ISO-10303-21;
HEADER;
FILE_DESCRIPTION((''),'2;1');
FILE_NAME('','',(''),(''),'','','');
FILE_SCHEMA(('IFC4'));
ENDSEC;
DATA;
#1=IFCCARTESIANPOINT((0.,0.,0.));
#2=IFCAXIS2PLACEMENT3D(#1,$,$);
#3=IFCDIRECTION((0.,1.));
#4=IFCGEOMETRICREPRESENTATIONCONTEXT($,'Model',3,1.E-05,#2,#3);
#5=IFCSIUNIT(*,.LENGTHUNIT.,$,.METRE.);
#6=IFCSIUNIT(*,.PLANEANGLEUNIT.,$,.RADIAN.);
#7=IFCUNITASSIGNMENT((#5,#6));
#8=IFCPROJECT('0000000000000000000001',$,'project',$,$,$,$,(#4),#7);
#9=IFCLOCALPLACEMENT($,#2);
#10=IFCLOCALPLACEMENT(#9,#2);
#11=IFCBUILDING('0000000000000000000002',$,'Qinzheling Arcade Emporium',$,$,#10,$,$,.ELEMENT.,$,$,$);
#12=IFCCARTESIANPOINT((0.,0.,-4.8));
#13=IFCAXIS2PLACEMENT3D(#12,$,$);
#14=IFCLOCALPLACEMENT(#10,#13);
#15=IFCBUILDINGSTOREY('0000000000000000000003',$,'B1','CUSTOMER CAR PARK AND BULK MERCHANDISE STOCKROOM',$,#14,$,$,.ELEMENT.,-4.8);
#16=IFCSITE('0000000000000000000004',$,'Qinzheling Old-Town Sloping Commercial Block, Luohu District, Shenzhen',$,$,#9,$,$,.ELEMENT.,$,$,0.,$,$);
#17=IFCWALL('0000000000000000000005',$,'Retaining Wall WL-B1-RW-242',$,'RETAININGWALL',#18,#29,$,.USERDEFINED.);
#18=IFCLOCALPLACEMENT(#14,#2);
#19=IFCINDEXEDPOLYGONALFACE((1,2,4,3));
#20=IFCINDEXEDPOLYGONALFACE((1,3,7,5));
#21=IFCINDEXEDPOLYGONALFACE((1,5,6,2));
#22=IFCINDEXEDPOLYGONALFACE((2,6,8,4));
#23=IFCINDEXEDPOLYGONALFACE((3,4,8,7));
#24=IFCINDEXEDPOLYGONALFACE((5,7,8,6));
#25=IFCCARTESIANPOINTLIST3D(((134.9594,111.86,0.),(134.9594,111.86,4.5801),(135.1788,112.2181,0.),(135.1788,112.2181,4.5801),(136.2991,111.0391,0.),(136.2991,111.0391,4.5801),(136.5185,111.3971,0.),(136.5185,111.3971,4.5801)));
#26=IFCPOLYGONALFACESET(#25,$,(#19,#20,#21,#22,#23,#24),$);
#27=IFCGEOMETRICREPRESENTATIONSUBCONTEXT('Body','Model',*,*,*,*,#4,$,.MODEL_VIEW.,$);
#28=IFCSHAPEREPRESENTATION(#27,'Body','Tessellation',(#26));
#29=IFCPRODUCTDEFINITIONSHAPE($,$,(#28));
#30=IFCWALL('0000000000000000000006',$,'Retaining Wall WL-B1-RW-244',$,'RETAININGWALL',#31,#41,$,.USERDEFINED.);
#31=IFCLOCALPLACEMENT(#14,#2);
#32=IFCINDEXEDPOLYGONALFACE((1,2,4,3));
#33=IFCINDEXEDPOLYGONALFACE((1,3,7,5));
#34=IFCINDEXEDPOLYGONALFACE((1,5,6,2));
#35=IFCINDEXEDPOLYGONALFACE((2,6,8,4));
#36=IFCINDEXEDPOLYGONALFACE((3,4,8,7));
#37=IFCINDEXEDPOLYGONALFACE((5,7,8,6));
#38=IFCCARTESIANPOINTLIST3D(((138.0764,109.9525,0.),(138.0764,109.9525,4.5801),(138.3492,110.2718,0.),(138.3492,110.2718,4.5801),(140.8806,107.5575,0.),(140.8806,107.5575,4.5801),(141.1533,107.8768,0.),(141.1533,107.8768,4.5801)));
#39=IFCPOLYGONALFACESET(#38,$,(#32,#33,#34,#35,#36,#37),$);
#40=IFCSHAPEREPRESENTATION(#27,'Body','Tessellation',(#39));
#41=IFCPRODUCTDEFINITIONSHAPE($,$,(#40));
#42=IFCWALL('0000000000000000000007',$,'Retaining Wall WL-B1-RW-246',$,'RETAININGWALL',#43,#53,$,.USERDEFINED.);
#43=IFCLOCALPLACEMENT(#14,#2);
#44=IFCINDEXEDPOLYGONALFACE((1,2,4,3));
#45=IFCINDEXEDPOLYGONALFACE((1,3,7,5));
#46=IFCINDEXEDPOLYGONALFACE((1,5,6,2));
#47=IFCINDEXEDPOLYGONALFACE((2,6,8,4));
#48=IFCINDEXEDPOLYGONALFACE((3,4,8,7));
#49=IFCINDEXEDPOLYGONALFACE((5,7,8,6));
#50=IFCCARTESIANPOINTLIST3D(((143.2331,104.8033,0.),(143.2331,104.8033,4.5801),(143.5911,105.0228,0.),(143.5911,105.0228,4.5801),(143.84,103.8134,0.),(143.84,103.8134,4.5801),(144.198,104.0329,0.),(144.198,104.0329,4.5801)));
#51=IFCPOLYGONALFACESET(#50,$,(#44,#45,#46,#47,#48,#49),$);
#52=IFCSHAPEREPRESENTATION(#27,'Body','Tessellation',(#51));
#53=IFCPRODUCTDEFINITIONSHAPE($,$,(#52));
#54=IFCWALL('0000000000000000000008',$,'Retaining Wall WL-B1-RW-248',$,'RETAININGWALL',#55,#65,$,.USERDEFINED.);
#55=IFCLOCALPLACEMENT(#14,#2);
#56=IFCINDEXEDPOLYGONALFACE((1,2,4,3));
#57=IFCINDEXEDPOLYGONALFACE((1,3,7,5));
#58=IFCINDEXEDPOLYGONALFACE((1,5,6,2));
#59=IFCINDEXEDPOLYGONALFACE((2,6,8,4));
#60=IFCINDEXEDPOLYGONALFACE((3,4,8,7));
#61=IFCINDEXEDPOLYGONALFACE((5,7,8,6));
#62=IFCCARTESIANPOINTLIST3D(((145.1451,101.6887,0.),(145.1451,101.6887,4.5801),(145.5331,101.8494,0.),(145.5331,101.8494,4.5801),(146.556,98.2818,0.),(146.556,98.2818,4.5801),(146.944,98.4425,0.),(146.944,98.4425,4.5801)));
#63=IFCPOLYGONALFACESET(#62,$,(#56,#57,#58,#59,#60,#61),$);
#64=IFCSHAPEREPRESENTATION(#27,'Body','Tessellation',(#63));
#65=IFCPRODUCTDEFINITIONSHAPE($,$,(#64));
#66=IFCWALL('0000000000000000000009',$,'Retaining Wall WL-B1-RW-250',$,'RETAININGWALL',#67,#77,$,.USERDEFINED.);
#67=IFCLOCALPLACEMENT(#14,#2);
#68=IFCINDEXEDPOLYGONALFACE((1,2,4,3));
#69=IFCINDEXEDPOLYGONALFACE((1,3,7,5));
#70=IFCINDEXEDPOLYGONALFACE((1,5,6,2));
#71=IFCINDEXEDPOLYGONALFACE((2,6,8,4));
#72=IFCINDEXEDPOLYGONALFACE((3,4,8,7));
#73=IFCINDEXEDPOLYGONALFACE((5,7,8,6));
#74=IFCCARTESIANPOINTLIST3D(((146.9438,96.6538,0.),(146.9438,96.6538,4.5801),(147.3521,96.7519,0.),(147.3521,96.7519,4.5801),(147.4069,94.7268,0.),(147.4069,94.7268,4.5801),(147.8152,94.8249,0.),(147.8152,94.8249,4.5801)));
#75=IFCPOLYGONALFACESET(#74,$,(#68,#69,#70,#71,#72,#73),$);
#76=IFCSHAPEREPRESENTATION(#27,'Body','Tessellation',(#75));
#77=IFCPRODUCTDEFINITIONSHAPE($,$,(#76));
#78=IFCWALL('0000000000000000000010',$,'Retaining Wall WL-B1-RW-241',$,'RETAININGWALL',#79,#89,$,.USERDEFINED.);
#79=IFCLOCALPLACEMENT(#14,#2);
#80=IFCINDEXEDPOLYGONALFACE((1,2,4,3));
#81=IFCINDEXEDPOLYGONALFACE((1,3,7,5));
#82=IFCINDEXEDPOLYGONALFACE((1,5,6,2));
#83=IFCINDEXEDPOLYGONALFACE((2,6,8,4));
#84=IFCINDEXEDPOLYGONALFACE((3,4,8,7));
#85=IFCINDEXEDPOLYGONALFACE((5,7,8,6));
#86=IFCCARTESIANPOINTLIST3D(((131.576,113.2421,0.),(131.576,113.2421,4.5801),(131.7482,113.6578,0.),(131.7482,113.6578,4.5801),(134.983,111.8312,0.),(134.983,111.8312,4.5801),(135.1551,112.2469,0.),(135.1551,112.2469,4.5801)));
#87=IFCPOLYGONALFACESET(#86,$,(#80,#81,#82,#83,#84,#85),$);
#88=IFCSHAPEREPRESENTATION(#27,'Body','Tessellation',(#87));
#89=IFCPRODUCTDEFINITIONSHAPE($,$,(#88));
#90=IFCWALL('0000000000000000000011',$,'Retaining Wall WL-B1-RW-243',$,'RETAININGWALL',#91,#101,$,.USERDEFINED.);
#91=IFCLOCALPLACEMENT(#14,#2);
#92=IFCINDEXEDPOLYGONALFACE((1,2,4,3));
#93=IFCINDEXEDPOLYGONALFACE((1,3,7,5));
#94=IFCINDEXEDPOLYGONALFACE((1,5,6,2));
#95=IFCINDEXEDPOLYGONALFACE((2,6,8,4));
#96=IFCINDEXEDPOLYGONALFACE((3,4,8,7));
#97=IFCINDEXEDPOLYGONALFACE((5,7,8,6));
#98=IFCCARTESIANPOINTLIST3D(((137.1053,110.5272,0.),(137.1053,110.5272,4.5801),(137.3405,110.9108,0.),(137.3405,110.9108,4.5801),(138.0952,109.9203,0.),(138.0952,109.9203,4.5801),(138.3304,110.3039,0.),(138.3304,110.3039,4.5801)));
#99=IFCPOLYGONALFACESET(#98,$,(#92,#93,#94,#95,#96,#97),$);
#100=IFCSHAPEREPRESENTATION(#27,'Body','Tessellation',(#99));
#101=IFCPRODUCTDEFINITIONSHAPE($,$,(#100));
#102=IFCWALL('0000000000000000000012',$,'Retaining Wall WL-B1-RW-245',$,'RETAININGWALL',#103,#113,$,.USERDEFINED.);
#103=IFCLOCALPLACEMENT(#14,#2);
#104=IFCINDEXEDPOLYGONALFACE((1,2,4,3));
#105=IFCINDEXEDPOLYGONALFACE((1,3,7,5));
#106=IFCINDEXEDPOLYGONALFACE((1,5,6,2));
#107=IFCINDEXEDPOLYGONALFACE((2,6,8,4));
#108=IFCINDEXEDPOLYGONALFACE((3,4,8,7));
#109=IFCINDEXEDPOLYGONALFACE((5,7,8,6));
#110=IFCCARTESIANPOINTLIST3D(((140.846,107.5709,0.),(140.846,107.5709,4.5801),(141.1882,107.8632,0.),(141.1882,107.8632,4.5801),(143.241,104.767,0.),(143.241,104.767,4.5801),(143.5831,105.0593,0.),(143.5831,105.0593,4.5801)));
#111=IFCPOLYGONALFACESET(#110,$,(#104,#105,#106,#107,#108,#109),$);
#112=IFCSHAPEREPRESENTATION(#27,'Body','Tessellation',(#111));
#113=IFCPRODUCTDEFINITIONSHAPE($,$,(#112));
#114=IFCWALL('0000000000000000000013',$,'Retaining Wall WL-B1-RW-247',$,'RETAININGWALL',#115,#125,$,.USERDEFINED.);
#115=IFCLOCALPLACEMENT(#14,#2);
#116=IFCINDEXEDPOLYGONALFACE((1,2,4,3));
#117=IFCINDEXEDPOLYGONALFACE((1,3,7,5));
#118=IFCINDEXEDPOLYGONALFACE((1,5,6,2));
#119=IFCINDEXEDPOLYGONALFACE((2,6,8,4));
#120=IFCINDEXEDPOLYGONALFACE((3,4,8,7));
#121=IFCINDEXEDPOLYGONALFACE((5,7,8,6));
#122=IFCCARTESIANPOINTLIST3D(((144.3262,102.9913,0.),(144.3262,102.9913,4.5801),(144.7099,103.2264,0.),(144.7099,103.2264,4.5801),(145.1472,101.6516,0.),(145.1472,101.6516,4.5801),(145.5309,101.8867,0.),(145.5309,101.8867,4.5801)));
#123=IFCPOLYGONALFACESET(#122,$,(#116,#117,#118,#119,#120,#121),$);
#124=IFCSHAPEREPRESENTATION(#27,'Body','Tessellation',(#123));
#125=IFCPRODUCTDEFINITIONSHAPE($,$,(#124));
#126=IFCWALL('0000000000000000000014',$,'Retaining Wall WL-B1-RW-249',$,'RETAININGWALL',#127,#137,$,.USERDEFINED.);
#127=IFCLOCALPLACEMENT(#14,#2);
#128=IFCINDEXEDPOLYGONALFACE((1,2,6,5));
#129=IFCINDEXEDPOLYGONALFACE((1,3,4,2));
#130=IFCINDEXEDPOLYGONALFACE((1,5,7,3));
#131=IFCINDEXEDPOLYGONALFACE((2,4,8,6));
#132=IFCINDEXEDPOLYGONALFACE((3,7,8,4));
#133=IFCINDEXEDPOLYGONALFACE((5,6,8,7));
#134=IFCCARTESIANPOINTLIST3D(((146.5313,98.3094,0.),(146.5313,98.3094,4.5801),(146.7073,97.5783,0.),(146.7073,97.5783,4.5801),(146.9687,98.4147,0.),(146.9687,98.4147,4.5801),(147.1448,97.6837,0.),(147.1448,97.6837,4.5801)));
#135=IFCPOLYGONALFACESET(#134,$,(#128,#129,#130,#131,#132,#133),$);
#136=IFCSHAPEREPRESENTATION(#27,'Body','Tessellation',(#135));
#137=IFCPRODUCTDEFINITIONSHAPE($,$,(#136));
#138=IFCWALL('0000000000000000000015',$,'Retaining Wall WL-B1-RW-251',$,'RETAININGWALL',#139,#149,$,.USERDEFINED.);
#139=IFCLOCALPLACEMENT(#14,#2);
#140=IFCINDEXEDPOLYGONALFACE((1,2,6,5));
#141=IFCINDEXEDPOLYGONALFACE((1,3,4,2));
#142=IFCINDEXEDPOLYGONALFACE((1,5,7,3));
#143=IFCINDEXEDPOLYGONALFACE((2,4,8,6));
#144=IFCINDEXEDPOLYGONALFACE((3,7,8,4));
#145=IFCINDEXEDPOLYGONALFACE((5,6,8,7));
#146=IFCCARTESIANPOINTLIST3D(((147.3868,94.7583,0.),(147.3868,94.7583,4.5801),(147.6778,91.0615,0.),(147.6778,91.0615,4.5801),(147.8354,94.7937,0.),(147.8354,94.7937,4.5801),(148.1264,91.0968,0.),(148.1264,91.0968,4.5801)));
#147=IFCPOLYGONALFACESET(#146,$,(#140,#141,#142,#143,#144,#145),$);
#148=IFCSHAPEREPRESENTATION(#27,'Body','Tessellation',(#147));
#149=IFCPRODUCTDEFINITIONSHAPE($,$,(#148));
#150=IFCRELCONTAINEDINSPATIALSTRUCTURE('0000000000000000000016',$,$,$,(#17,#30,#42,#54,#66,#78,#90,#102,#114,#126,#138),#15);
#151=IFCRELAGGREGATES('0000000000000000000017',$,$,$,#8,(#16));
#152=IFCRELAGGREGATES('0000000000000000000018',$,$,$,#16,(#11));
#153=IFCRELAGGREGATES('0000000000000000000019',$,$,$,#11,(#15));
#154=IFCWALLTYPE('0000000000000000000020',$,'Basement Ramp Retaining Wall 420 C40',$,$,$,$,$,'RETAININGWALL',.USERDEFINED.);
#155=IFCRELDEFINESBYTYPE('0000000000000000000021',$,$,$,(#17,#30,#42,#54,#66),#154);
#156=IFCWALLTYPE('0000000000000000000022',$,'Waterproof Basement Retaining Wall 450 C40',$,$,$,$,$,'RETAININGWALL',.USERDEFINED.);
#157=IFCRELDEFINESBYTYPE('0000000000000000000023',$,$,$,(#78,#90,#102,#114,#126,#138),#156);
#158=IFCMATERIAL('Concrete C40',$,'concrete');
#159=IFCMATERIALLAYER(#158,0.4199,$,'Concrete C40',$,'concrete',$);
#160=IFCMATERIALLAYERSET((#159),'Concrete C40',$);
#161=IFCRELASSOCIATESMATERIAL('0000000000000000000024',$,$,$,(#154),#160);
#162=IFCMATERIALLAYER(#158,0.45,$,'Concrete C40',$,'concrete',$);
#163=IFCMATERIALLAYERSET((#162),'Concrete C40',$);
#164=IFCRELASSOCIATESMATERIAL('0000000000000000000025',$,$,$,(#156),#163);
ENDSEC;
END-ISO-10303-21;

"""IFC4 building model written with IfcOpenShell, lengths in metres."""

from ifc_helpers import new_model, si_unit, direction, frame, frame_2d, origin, place, context, subcontext, project, spatial, rectangle, extrude, material, layer, layer_set, type_object, element, save


model = new_model("IFC4")

# Units and contexts
model_context = context("Model", 3, precision=1e-05, world=origin(), true_north=direction((0.0, 1.0)))
body_context = subcontext(model_context, "Body", "Model", "MODEL_VIEW")
ifc_project = project(units=[si_unit("LENGTHUNIT", "METRE"), si_unit("PLANEANGLEUNIT", "RADIAN")], contexts=[model_context])

# Site, building, storey
site_placement = place(None, origin())
site = spatial("IfcSite", under=ifc_project, at=site_placement, Name="Qinzheling Old-Town Sloping Commercial Block, Luohu District, Shenzhen", CompositionType="ELEMENT", RefElevation=0.0)
building_placement = place(site_placement, origin())
building = spatial("IfcBuilding", under=site, at=building_placement, Name="Qinzheling Arcade Emporium", CompositionType="ELEMENT")
storey_placement = place(building_placement, frame((0.0, 0.0, -4.8)))
storey = spatial("IfcBuildingStorey", under=building, at=storey_placement, Name="B1", Description="CUSTOMER CAR PARK AND BULK MERCHANDISE STOCKROOM", CompositionType="ELEMENT", Elevation=-4.8)

# Shared definitions
ifc_material_1 = material(Name="Concrete C40", Category="concrete")

# Walls
ifc_layer_1 = layer(ifc_material_1, 0.4199, Name="Concrete C40", Category="concrete")
ifc_layer_set_1 = layer_set([ifc_layer_1], Name="Concrete C40")
wall_type_1 = type_object("IfcWallType", Name="Basement Ramp Retaining Wall 420 C40", ElementType="RETAININGWALL", PredefinedType="USERDEFINED", material=ifc_layer_set_1)
wall_1_placement = place(storey_placement, frame((135.0691, 112.0391, 0.0), z_axis=(0.0, 0.0, 1.0), x_axis=(0.852644, -0.522493, 0.0)))
element("IfcWall", 1, at=wall_1_placement, inside=storey, type_object=wall_type_1, Name="Retaining Wall WL-B1-RW-242", ObjectType="RETAININGWALL", PredefinedType="USERDEFINED", context=body_context, shape_type="SweptSolid", body=[
    extrude(rectangle(XDim=1.5713, YDim=0.4199, at=frame_2d((0.7856, 0.0))), origin(), (0.0, 0.0, 1.0), 4.5801),
])
wall_2_placement = place(storey_placement, frame((138.2129, 110.1121, 0.0), z_axis=(0.0, 0.0, 1.0), x_axis=(0.760405, -0.649449, 0.0)))
element("IfcWall", 2, at=wall_2_placement, inside=storey, type_object=wall_type_1, Name="Retaining Wall WL-B1-RW-244", ObjectType="RETAININGWALL", PredefinedType="USERDEFINED", context=body_context, shape_type="SweptSolid", body=[
    extrude(rectangle(XDim=3.6877, YDim=0.4199, at=frame_2d((1.8438, 0.0))), origin(), (0.0, 0.0, 1.0), 4.5801),
])
wall_3_placement = place(storey_placement, frame((143.4121, 104.9131, 0.0), z_axis=(0.0, 0.0, 1.0), x_axis=(0.522666, -0.852538, 0.0)))
element("IfcWall", 3, at=wall_3_placement, inside=storey, type_object=wall_type_1, Name="Retaining Wall WL-B1-RW-246", ObjectType="RETAININGWALL", PredefinedType="USERDEFINED", context=body_context, shape_type="SweptSolid", body=[
    extrude(rectangle(XDim=1.1611, YDim=0.4199, at=frame_2d((0.5806, 0.0))), origin(), (0.0, 0.0, 1.0), 4.5801),
])
wall_4_placement = place(storey_placement, frame((145.3391, 101.769, 0.0), z_axis=(0.0, 0.0, 1.0), x_axis=(0.382607, -0.923911, 0.0)))
element("IfcWall", 4, at=wall_4_placement, inside=storey, type_object=wall_type_1, Name="Retaining Wall WL-B1-RW-248", ObjectType="RETAININGWALL", PredefinedType="USERDEFINED", context=body_context, shape_type="SweptSolid", body=[
    extrude(rectangle(XDim=3.6875, YDim=0.4199, at=frame_2d((1.8438, 0.0))), origin(), (0.0, 0.0, 1.0), 4.5801),
])
wall_5_placement = place(storey_placement, frame((147.1479, 96.7029, 0.0), z_axis=(0.0, 0.0, 1.0), x_axis=(0.233685, -0.972312, 0.0)))
element("IfcWall", 5, at=wall_5_placement, inside=storey, type_object=wall_type_1, Name="Retaining Wall WL-B1-RW-250", ObjectType="RETAININGWALL", PredefinedType="USERDEFINED", context=body_context, shape_type="SweptSolid", body=[
    extrude(rectangle(XDim=1.9819, YDim=0.4199, at=frame_2d((0.991, 0.0))), origin(), (0.0, 0.0, 1.0), 4.5801),
])
ifc_layer_2 = layer(ifc_material_1, 0.45, Name="Concrete C40", Category="concrete")
ifc_layer_set_2 = layer_set([ifc_layer_2], Name="Concrete C40")
wall_type_2 = type_object("IfcWallType", Name="Waterproof Basement Retaining Wall 450 C40", ElementType="RETAININGWALL", PredefinedType="USERDEFINED", material=ifc_layer_set_2)
wall_6_placement = place(storey_placement, frame((131.6621, 113.45, 0.0), z_axis=(0.0, 0.0, 1.0), x_axis=(0.923911, -0.382607, 0.0)))
element("IfcWall", 6, at=wall_6_placement, inside=storey, type_object=wall_type_2, Name="Retaining Wall WL-B1-RW-241", ObjectType="RETAININGWALL", PredefinedType="USERDEFINED", context=body_context, shape_type="SweptSolid", body=[
    extrude(rectangle(XDim=3.6875, YDim=0.45, at=frame_2d((1.8438, 0.0))), origin(), (0.0, 0.0, 1.0), 4.5801),
])
wall_7_placement = place(storey_placement, frame((137.2229, 110.719, 0.0), z_axis=(0.0, 0.0, 1.0), x_axis=(0.852538, -0.522666, 0.0)))
element("IfcWall", 7, at=wall_7_placement, inside=storey, type_object=wall_type_2, Name="Retaining Wall WL-B1-RW-243", ObjectType="RETAININGWALL", PredefinedType="USERDEFINED", context=body_context, shape_type="SweptSolid", body=[
    extrude(rectangle(XDim=1.1611, YDim=0.45, at=frame_2d((0.5806, 0.0))), origin(), (0.0, 0.0, 1.0), 4.5801),
])
wall_8_placement = place(storey_placement, frame((141.0171, 107.717, 0.0), z_axis=(0.0, 0.0, 1.0), x_axis=(0.649482, -0.760377, 0.0)))
element("IfcWall", 8, at=wall_8_placement, inside=storey, type_object=wall_type_2, Name="Retaining Wall WL-B1-RW-245", ObjectType="RETAININGWALL", PredefinedType="USERDEFINED", context=body_context, shape_type="SweptSolid", body=[
    extrude(rectangle(XDim=3.6875, YDim=0.45, at=frame_2d((1.8438, 0.0))), origin(), (0.0, 0.0, 1.0), 4.5801),
])
wall_9_placement = place(storey_placement, frame((144.5181, 103.1089, 0.0), z_axis=(0.0, 0.0, 1.0), x_axis=(0.522493, -0.852644, 0.0)))
element("IfcWall", 9, at=wall_9_placement, inside=storey, type_object=wall_type_2, Name="Retaining Wall WL-B1-RW-247", ObjectType="RETAININGWALL", PredefinedType="USERDEFINED", context=body_context, shape_type="SweptSolid", body=[
    extrude(rectangle(XDim=1.5713, YDim=0.45, at=frame_2d((0.7856, 0.0))), origin(), (0.0, 0.0, 1.0), 4.5801),
])
wall_10_placement = place(storey_placement, frame((146.75, 98.3621, 0.0), z_axis=(0.0, 0.0, 1.0), x_axis=(0.234122, -0.972207, 0.0)))
element("IfcWall", 10, at=wall_10_placement, inside=storey, type_object=wall_type_2, Name="Retaining Wall WL-B1-RW-249", ObjectType="RETAININGWALL", PredefinedType="USERDEFINED", context=body_context, shape_type="SweptSolid", body=[
    extrude(rectangle(XDim=0.752, YDim=0.45, at=frame_2d((0.376, 0.0))), origin(), (0.0, 0.0, 1.0), 4.5801),
])
wall_11_placement = place(storey_placement, frame((147.6111, 94.7759, 0.0), z_axis=(0.0, 0.0, 1.0), x_axis=(0.078479, -0.996916, 0.0)))
element("IfcWall", 11, at=wall_11_placement, inside=storey, type_object=wall_type_2, Name="Retaining Wall WL-B1-RW-251", ObjectType="RETAININGWALL", PredefinedType="USERDEFINED", context=body_context, shape_type="SweptSolid", body=[
    extrude(rectangle(XDim=3.7083, YDim=0.45, at=frame_2d((1.854, 0.0))), origin(), (0.0, 0.0, 1.0), 4.5801),
])

save(model, "model.ifc")
